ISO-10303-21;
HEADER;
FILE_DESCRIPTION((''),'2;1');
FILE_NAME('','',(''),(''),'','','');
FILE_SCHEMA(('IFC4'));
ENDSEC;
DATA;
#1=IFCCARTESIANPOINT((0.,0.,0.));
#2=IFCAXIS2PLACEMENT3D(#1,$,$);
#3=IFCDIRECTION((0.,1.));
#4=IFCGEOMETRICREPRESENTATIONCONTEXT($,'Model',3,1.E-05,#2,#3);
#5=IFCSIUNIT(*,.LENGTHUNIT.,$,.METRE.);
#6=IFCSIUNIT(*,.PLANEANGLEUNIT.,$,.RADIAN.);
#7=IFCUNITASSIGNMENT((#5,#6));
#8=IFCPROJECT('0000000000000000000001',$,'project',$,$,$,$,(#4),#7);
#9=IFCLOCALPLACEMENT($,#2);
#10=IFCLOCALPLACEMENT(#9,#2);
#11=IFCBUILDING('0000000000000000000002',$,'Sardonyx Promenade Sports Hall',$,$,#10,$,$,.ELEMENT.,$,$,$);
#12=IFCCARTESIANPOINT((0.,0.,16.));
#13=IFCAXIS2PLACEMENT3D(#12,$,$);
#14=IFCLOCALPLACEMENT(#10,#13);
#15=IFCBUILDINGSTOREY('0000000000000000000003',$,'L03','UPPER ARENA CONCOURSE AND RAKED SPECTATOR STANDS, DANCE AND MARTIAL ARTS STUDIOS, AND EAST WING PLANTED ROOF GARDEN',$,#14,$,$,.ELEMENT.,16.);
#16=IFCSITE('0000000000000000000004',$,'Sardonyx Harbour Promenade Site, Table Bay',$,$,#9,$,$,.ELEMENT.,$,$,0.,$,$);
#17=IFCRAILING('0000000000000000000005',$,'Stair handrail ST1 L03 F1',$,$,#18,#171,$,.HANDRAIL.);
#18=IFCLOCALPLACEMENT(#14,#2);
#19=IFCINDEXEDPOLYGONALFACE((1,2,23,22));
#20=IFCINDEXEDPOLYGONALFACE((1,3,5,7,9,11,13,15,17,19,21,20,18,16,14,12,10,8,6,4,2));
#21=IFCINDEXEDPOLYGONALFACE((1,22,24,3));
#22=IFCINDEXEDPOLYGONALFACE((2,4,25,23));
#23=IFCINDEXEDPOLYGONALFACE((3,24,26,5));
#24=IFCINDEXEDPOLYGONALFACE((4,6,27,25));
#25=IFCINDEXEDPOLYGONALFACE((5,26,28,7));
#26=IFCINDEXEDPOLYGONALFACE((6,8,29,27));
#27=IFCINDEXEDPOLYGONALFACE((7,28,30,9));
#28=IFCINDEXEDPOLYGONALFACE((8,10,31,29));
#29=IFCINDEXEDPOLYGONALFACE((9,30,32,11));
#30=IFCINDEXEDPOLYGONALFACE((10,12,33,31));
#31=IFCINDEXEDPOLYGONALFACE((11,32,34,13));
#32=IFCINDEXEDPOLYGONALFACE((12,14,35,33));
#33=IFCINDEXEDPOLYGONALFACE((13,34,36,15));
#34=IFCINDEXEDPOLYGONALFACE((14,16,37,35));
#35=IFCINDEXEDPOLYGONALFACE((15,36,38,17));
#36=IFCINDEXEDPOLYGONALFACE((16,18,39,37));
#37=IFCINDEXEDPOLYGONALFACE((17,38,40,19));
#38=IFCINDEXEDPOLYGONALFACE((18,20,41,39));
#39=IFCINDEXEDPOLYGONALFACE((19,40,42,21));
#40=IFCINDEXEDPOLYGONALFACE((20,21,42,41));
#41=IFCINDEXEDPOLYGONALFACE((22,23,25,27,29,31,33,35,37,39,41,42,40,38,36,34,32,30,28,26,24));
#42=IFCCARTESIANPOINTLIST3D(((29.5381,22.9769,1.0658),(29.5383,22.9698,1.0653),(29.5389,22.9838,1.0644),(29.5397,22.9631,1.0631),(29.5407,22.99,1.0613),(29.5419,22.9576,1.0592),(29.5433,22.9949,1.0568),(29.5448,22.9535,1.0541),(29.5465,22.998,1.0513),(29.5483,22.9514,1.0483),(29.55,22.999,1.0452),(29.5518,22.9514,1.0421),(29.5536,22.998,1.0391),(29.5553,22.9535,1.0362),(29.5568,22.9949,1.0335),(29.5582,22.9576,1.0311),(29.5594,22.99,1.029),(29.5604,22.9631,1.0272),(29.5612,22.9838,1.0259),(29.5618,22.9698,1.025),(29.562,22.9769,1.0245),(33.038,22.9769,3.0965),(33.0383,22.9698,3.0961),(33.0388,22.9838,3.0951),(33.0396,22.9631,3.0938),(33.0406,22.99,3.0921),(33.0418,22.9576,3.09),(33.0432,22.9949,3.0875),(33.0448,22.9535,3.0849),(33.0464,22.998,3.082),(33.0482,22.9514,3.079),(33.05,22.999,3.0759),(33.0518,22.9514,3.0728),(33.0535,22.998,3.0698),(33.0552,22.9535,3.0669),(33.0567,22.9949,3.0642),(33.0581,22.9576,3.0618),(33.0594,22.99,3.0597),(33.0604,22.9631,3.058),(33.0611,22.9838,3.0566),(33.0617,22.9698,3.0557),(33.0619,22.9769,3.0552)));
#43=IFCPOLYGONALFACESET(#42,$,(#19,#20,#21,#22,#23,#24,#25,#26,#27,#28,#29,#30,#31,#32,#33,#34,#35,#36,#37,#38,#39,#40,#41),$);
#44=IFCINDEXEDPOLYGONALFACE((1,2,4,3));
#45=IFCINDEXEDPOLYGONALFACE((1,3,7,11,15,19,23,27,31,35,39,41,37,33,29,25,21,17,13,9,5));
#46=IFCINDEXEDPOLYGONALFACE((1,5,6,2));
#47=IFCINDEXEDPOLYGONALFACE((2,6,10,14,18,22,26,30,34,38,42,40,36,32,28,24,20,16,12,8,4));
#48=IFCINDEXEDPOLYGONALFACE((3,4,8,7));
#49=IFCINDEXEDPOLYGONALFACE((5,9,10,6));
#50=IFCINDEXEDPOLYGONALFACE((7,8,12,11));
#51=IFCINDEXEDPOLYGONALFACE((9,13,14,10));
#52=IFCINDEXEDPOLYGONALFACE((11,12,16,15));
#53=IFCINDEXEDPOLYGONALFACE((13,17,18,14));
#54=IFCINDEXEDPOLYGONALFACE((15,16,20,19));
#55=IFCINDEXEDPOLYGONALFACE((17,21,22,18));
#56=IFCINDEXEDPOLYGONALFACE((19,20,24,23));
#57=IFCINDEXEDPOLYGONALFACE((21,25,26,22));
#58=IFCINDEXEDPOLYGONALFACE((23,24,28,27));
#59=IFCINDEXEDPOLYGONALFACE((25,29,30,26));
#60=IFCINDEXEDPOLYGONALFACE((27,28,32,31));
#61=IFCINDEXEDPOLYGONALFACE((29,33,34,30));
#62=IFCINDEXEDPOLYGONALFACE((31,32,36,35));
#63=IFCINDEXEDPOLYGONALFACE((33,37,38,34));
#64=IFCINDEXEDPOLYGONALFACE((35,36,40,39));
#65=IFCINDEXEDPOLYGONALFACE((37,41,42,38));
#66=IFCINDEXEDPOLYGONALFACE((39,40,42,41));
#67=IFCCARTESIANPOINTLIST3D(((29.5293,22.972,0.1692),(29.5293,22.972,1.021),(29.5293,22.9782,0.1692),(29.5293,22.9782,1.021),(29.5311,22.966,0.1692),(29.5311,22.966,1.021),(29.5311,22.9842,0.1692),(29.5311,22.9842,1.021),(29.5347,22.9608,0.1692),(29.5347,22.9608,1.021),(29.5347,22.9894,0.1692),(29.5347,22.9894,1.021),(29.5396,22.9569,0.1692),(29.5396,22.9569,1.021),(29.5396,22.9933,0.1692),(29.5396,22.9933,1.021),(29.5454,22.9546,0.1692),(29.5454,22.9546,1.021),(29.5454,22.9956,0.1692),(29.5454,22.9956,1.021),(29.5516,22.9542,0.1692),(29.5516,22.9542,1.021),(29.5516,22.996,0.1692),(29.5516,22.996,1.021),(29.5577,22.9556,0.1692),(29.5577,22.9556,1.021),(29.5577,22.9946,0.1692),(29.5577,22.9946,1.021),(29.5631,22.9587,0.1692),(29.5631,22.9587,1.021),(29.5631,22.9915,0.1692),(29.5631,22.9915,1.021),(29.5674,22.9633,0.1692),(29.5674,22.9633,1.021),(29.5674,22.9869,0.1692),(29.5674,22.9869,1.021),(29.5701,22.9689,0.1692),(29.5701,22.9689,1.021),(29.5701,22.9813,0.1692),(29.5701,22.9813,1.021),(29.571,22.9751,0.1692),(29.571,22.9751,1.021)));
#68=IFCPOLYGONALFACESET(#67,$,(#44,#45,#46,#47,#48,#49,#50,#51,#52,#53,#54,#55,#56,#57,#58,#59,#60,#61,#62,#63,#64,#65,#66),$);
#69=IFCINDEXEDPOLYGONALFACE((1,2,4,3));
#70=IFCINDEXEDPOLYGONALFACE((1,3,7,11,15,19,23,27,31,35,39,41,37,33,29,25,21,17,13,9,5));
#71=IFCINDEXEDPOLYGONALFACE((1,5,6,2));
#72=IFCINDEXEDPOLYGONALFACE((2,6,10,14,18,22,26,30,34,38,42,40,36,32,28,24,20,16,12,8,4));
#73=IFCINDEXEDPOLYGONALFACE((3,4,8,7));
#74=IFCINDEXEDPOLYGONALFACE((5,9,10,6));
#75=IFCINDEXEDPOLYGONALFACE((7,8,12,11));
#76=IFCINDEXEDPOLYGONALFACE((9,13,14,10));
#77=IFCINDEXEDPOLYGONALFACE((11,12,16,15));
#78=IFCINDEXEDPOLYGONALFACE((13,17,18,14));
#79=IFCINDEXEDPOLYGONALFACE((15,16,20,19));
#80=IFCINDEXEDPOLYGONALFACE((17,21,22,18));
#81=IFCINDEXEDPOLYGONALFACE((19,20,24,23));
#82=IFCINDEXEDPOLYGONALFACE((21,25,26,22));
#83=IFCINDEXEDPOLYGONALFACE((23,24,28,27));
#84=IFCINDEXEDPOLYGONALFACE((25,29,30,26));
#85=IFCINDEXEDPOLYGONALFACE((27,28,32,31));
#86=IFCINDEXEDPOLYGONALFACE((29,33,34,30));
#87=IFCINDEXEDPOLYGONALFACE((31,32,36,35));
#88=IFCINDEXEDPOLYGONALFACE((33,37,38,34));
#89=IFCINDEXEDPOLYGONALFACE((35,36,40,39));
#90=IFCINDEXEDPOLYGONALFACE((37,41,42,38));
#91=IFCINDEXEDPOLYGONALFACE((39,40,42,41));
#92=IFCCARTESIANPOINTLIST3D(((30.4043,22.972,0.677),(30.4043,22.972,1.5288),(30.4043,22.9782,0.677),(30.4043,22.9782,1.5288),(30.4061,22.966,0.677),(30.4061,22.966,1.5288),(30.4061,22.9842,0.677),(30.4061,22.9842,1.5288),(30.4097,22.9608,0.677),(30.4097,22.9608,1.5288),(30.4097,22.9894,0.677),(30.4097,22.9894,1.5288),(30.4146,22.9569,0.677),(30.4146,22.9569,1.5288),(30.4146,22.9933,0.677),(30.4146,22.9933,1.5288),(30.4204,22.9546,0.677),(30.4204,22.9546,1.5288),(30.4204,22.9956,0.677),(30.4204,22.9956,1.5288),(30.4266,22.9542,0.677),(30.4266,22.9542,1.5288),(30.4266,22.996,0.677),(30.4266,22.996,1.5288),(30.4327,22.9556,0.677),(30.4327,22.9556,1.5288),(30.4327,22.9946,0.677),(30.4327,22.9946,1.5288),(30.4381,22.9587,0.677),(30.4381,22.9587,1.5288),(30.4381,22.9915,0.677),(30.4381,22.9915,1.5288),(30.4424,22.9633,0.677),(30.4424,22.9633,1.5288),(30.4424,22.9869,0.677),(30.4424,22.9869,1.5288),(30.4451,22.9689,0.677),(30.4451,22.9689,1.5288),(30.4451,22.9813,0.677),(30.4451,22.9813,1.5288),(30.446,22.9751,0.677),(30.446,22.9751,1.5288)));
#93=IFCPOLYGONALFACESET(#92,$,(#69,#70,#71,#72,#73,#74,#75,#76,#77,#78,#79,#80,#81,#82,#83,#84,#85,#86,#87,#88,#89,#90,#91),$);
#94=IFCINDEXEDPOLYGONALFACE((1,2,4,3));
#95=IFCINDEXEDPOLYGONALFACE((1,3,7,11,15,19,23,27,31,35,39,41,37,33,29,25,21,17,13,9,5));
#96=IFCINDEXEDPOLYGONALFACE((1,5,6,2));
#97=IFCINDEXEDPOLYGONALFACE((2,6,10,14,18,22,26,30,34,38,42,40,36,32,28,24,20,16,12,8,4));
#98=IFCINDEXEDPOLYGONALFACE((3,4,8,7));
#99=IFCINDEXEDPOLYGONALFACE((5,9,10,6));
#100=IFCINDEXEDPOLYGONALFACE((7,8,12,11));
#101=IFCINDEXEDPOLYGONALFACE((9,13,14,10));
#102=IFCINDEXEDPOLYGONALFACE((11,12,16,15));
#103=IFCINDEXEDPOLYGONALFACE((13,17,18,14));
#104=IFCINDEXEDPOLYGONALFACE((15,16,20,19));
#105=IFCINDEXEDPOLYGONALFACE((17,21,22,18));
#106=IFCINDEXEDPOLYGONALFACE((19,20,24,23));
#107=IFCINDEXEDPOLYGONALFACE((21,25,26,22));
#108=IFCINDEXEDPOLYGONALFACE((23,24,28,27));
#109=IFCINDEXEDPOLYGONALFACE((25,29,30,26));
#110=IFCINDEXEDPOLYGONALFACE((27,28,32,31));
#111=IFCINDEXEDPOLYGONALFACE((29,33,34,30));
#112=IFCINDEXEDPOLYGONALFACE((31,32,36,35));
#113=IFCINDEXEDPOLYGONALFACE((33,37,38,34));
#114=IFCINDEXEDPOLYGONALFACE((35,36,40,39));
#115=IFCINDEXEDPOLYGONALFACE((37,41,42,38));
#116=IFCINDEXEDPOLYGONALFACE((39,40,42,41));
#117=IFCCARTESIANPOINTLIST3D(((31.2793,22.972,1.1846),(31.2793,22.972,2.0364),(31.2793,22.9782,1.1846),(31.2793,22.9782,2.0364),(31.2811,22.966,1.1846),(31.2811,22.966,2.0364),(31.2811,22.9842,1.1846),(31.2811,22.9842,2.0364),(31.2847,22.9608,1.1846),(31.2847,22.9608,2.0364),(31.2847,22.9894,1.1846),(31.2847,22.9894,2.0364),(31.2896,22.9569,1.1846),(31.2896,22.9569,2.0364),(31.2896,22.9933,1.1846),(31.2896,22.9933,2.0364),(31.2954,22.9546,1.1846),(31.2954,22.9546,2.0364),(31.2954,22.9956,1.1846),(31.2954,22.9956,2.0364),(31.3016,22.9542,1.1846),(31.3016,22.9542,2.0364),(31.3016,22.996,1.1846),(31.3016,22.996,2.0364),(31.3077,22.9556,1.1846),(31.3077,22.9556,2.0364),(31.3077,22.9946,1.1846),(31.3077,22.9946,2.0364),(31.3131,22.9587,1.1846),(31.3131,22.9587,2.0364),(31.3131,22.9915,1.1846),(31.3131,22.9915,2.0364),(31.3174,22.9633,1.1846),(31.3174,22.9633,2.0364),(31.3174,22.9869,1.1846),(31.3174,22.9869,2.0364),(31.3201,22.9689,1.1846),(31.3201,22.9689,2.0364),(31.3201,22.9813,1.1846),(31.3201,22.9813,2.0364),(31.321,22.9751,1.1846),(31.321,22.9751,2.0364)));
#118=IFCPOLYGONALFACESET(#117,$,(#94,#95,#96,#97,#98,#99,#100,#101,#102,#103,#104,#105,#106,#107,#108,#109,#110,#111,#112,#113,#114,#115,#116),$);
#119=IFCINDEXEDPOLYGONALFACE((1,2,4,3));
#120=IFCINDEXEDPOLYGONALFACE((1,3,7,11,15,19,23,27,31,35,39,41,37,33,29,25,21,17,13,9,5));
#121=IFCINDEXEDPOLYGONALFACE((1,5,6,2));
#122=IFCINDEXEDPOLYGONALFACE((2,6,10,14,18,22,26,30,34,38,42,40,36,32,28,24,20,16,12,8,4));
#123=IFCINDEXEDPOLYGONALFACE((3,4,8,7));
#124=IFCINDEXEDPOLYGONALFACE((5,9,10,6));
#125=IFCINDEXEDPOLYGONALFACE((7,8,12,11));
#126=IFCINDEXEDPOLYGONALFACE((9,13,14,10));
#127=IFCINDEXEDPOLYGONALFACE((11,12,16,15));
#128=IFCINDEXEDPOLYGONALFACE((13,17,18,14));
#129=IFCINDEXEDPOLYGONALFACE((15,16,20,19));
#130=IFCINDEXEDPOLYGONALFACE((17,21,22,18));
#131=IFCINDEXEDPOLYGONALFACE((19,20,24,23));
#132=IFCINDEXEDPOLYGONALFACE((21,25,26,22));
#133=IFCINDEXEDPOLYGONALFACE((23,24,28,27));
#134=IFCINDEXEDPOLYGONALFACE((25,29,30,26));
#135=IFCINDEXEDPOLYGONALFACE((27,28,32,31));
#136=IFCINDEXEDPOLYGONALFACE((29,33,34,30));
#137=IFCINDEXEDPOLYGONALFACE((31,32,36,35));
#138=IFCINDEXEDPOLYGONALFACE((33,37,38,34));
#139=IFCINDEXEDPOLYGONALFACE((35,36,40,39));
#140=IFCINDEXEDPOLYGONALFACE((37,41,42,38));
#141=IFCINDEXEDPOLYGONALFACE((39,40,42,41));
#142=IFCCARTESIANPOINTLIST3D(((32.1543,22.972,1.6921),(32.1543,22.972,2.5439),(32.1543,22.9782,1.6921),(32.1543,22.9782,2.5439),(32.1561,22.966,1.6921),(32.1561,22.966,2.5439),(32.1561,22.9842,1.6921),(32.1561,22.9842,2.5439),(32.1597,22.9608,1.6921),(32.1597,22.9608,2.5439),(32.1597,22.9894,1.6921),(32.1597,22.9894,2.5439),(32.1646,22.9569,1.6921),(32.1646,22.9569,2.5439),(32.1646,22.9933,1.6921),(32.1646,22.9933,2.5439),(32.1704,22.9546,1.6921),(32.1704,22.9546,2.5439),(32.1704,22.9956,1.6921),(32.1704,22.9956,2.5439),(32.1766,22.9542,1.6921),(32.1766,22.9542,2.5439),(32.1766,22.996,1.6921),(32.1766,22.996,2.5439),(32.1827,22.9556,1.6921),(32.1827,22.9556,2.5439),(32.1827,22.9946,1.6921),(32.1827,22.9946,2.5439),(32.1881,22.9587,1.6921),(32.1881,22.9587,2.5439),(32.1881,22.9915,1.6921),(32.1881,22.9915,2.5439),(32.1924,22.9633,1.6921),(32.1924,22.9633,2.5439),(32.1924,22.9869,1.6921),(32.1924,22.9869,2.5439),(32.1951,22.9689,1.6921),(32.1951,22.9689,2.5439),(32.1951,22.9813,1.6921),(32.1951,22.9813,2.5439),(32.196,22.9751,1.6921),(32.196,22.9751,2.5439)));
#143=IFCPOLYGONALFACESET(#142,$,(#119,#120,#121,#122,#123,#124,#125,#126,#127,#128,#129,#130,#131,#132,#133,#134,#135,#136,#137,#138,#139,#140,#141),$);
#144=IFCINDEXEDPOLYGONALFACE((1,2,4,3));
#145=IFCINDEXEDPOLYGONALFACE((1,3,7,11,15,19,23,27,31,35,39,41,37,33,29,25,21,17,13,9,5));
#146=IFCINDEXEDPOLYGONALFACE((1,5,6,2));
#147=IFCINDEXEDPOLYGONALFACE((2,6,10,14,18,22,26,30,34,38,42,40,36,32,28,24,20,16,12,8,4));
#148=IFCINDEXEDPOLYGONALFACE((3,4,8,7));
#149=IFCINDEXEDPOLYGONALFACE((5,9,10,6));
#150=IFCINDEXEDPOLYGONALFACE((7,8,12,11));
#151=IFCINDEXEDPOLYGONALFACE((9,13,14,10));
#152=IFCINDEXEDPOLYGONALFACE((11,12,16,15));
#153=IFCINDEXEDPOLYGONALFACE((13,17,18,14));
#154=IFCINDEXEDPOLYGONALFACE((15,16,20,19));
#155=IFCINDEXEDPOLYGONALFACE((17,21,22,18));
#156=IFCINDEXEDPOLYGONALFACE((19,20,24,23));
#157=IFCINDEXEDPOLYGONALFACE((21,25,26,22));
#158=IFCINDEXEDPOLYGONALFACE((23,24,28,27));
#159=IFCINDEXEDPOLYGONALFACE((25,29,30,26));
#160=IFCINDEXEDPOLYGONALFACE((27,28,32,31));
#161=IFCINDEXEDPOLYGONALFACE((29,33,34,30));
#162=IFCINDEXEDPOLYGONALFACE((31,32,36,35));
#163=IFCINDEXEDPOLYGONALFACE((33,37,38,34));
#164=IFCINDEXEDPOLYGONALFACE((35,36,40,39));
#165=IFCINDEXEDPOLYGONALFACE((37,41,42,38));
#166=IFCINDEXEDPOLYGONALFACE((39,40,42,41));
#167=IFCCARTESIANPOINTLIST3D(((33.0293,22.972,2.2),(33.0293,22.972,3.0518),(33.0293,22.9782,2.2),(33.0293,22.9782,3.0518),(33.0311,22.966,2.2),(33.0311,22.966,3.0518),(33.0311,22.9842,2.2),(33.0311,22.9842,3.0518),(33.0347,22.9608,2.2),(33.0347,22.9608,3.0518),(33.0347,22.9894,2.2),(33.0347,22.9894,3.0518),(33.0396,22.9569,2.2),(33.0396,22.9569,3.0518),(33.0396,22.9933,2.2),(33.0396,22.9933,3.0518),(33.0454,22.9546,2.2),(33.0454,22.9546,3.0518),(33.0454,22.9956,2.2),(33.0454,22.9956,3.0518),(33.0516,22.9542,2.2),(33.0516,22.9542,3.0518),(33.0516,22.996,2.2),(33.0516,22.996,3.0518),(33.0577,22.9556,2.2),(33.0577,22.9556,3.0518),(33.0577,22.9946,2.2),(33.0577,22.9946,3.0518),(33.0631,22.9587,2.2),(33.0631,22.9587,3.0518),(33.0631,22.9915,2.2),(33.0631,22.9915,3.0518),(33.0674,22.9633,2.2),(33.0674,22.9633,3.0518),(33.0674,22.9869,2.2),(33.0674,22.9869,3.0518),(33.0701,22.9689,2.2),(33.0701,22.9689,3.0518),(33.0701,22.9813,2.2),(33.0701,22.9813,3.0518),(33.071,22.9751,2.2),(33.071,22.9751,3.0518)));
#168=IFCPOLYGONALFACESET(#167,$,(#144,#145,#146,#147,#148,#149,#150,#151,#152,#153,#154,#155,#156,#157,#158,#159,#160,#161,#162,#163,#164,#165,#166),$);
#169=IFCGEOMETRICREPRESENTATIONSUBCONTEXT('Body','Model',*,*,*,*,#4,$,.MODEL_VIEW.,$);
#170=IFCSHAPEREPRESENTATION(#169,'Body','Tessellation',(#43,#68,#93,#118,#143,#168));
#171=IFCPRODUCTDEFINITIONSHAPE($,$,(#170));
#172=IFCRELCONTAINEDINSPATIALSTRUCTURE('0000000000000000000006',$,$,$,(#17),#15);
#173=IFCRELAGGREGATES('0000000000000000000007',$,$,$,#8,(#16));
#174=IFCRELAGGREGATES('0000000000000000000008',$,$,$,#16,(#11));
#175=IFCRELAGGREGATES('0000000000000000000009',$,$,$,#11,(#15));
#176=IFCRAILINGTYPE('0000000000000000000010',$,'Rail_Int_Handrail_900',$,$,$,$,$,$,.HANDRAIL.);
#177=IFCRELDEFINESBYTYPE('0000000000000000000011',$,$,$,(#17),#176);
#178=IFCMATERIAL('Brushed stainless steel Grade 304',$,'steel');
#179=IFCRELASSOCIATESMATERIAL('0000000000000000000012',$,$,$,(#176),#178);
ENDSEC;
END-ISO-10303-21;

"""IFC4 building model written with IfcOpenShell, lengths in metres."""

from ifc_helpers import new_model, si_unit, direction, frame, origin, origin_2d, place, context, subcontext, project, spatial, circle, extrude, material, type_object, element, save


model = new_model("IFC4")

# Units and contexts
model_context = context("Model", 3, precision=1e-05, world=origin(), true_north=direction((0.0, 1.0)))
body_context = subcontext(model_context, "Body", "Model", "MODEL_VIEW")
ifc_project = project(units=[si_unit("LENGTHUNIT", "METRE"), si_unit("PLANEANGLEUNIT", "RADIAN")], contexts=[model_context])

# Site, building, storey
site_placement = place(None, origin())
site = spatial("IfcSite", under=ifc_project, at=site_placement, Name="Sardonyx Harbour Promenade Site, Table Bay", CompositionType="ELEMENT", RefElevation=0.0)
building_placement = place(site_placement, origin())
building = spatial("IfcBuilding", under=site, at=building_placement, Name="Sardonyx Promenade Sports Hall", CompositionType="ELEMENT")
storey_placement = place(building_placement, frame((0.0, 0.0, 16.0)))
storey = spatial("IfcBuildingStorey", under=building, at=storey_placement, Name="L03", Description="UPPER ARENA CONCOURSE AND RAKED SPECTATOR STANDS, DANCE AND MARTIAL ARTS STUDIOS, AND EAST WING PLANTED ROOF GARDEN", CompositionType="ELEMENT", Elevation=16.0)

# Railing
ifc_material_1 = material(Name="Brushed stainless steel Grade 304", Category="steel")
railing_type_1 = type_object("IfcRailingType", Name="Rail_Int_Handrail_900", PredefinedType="HANDRAIL", material=ifc_material_1)
railing_1_placement = place(storey_placement, frame((29.55, 22.9751, 0.1692)))
element("IfcRailing", 1, at=railing_1_placement, inside=storey, type_object=railing_type_1, Name="Stair handrail ST1 L03 F1", PredefinedType="HANDRAIL", context=body_context, shape_type="SweptSolid", body=[
    extrude(circle(Radius=0.0239, at=origin_2d()), frame((0.0, 0.0, 0.876), z_axis=(0.864949, 0.0, 0.501859), x_axis=(0.0, 1.0, 0.0)), (0.0, 0.0, 1.0), 4.0464),
    extrude(circle(Radius=0.021, at=origin_2d()), origin(), (0.0, 0.0, 1.0), 0.8518),
    extrude(circle(Radius=0.021, at=origin_2d()), frame((0.875, 0.0, 0.5078)), (0.0, 0.0, 1.0), 0.8518),
    extrude(circle(Radius=0.021, at=origin_2d()), frame((1.75, 0.0, 1.0154)), (0.0, 0.0, 1.0), 0.8518),
    extrude(circle(Radius=0.021, at=origin_2d()), frame((2.625, 0.0, 1.5229)), (0.0, 0.0, 1.0), 0.8518),
    extrude(circle(Radius=0.021, at=origin_2d()), frame((3.5, 0.0, 2.0308)), (0.0, 0.0, 1.0), 0.8518),
])

save(model, "model.ifc")
